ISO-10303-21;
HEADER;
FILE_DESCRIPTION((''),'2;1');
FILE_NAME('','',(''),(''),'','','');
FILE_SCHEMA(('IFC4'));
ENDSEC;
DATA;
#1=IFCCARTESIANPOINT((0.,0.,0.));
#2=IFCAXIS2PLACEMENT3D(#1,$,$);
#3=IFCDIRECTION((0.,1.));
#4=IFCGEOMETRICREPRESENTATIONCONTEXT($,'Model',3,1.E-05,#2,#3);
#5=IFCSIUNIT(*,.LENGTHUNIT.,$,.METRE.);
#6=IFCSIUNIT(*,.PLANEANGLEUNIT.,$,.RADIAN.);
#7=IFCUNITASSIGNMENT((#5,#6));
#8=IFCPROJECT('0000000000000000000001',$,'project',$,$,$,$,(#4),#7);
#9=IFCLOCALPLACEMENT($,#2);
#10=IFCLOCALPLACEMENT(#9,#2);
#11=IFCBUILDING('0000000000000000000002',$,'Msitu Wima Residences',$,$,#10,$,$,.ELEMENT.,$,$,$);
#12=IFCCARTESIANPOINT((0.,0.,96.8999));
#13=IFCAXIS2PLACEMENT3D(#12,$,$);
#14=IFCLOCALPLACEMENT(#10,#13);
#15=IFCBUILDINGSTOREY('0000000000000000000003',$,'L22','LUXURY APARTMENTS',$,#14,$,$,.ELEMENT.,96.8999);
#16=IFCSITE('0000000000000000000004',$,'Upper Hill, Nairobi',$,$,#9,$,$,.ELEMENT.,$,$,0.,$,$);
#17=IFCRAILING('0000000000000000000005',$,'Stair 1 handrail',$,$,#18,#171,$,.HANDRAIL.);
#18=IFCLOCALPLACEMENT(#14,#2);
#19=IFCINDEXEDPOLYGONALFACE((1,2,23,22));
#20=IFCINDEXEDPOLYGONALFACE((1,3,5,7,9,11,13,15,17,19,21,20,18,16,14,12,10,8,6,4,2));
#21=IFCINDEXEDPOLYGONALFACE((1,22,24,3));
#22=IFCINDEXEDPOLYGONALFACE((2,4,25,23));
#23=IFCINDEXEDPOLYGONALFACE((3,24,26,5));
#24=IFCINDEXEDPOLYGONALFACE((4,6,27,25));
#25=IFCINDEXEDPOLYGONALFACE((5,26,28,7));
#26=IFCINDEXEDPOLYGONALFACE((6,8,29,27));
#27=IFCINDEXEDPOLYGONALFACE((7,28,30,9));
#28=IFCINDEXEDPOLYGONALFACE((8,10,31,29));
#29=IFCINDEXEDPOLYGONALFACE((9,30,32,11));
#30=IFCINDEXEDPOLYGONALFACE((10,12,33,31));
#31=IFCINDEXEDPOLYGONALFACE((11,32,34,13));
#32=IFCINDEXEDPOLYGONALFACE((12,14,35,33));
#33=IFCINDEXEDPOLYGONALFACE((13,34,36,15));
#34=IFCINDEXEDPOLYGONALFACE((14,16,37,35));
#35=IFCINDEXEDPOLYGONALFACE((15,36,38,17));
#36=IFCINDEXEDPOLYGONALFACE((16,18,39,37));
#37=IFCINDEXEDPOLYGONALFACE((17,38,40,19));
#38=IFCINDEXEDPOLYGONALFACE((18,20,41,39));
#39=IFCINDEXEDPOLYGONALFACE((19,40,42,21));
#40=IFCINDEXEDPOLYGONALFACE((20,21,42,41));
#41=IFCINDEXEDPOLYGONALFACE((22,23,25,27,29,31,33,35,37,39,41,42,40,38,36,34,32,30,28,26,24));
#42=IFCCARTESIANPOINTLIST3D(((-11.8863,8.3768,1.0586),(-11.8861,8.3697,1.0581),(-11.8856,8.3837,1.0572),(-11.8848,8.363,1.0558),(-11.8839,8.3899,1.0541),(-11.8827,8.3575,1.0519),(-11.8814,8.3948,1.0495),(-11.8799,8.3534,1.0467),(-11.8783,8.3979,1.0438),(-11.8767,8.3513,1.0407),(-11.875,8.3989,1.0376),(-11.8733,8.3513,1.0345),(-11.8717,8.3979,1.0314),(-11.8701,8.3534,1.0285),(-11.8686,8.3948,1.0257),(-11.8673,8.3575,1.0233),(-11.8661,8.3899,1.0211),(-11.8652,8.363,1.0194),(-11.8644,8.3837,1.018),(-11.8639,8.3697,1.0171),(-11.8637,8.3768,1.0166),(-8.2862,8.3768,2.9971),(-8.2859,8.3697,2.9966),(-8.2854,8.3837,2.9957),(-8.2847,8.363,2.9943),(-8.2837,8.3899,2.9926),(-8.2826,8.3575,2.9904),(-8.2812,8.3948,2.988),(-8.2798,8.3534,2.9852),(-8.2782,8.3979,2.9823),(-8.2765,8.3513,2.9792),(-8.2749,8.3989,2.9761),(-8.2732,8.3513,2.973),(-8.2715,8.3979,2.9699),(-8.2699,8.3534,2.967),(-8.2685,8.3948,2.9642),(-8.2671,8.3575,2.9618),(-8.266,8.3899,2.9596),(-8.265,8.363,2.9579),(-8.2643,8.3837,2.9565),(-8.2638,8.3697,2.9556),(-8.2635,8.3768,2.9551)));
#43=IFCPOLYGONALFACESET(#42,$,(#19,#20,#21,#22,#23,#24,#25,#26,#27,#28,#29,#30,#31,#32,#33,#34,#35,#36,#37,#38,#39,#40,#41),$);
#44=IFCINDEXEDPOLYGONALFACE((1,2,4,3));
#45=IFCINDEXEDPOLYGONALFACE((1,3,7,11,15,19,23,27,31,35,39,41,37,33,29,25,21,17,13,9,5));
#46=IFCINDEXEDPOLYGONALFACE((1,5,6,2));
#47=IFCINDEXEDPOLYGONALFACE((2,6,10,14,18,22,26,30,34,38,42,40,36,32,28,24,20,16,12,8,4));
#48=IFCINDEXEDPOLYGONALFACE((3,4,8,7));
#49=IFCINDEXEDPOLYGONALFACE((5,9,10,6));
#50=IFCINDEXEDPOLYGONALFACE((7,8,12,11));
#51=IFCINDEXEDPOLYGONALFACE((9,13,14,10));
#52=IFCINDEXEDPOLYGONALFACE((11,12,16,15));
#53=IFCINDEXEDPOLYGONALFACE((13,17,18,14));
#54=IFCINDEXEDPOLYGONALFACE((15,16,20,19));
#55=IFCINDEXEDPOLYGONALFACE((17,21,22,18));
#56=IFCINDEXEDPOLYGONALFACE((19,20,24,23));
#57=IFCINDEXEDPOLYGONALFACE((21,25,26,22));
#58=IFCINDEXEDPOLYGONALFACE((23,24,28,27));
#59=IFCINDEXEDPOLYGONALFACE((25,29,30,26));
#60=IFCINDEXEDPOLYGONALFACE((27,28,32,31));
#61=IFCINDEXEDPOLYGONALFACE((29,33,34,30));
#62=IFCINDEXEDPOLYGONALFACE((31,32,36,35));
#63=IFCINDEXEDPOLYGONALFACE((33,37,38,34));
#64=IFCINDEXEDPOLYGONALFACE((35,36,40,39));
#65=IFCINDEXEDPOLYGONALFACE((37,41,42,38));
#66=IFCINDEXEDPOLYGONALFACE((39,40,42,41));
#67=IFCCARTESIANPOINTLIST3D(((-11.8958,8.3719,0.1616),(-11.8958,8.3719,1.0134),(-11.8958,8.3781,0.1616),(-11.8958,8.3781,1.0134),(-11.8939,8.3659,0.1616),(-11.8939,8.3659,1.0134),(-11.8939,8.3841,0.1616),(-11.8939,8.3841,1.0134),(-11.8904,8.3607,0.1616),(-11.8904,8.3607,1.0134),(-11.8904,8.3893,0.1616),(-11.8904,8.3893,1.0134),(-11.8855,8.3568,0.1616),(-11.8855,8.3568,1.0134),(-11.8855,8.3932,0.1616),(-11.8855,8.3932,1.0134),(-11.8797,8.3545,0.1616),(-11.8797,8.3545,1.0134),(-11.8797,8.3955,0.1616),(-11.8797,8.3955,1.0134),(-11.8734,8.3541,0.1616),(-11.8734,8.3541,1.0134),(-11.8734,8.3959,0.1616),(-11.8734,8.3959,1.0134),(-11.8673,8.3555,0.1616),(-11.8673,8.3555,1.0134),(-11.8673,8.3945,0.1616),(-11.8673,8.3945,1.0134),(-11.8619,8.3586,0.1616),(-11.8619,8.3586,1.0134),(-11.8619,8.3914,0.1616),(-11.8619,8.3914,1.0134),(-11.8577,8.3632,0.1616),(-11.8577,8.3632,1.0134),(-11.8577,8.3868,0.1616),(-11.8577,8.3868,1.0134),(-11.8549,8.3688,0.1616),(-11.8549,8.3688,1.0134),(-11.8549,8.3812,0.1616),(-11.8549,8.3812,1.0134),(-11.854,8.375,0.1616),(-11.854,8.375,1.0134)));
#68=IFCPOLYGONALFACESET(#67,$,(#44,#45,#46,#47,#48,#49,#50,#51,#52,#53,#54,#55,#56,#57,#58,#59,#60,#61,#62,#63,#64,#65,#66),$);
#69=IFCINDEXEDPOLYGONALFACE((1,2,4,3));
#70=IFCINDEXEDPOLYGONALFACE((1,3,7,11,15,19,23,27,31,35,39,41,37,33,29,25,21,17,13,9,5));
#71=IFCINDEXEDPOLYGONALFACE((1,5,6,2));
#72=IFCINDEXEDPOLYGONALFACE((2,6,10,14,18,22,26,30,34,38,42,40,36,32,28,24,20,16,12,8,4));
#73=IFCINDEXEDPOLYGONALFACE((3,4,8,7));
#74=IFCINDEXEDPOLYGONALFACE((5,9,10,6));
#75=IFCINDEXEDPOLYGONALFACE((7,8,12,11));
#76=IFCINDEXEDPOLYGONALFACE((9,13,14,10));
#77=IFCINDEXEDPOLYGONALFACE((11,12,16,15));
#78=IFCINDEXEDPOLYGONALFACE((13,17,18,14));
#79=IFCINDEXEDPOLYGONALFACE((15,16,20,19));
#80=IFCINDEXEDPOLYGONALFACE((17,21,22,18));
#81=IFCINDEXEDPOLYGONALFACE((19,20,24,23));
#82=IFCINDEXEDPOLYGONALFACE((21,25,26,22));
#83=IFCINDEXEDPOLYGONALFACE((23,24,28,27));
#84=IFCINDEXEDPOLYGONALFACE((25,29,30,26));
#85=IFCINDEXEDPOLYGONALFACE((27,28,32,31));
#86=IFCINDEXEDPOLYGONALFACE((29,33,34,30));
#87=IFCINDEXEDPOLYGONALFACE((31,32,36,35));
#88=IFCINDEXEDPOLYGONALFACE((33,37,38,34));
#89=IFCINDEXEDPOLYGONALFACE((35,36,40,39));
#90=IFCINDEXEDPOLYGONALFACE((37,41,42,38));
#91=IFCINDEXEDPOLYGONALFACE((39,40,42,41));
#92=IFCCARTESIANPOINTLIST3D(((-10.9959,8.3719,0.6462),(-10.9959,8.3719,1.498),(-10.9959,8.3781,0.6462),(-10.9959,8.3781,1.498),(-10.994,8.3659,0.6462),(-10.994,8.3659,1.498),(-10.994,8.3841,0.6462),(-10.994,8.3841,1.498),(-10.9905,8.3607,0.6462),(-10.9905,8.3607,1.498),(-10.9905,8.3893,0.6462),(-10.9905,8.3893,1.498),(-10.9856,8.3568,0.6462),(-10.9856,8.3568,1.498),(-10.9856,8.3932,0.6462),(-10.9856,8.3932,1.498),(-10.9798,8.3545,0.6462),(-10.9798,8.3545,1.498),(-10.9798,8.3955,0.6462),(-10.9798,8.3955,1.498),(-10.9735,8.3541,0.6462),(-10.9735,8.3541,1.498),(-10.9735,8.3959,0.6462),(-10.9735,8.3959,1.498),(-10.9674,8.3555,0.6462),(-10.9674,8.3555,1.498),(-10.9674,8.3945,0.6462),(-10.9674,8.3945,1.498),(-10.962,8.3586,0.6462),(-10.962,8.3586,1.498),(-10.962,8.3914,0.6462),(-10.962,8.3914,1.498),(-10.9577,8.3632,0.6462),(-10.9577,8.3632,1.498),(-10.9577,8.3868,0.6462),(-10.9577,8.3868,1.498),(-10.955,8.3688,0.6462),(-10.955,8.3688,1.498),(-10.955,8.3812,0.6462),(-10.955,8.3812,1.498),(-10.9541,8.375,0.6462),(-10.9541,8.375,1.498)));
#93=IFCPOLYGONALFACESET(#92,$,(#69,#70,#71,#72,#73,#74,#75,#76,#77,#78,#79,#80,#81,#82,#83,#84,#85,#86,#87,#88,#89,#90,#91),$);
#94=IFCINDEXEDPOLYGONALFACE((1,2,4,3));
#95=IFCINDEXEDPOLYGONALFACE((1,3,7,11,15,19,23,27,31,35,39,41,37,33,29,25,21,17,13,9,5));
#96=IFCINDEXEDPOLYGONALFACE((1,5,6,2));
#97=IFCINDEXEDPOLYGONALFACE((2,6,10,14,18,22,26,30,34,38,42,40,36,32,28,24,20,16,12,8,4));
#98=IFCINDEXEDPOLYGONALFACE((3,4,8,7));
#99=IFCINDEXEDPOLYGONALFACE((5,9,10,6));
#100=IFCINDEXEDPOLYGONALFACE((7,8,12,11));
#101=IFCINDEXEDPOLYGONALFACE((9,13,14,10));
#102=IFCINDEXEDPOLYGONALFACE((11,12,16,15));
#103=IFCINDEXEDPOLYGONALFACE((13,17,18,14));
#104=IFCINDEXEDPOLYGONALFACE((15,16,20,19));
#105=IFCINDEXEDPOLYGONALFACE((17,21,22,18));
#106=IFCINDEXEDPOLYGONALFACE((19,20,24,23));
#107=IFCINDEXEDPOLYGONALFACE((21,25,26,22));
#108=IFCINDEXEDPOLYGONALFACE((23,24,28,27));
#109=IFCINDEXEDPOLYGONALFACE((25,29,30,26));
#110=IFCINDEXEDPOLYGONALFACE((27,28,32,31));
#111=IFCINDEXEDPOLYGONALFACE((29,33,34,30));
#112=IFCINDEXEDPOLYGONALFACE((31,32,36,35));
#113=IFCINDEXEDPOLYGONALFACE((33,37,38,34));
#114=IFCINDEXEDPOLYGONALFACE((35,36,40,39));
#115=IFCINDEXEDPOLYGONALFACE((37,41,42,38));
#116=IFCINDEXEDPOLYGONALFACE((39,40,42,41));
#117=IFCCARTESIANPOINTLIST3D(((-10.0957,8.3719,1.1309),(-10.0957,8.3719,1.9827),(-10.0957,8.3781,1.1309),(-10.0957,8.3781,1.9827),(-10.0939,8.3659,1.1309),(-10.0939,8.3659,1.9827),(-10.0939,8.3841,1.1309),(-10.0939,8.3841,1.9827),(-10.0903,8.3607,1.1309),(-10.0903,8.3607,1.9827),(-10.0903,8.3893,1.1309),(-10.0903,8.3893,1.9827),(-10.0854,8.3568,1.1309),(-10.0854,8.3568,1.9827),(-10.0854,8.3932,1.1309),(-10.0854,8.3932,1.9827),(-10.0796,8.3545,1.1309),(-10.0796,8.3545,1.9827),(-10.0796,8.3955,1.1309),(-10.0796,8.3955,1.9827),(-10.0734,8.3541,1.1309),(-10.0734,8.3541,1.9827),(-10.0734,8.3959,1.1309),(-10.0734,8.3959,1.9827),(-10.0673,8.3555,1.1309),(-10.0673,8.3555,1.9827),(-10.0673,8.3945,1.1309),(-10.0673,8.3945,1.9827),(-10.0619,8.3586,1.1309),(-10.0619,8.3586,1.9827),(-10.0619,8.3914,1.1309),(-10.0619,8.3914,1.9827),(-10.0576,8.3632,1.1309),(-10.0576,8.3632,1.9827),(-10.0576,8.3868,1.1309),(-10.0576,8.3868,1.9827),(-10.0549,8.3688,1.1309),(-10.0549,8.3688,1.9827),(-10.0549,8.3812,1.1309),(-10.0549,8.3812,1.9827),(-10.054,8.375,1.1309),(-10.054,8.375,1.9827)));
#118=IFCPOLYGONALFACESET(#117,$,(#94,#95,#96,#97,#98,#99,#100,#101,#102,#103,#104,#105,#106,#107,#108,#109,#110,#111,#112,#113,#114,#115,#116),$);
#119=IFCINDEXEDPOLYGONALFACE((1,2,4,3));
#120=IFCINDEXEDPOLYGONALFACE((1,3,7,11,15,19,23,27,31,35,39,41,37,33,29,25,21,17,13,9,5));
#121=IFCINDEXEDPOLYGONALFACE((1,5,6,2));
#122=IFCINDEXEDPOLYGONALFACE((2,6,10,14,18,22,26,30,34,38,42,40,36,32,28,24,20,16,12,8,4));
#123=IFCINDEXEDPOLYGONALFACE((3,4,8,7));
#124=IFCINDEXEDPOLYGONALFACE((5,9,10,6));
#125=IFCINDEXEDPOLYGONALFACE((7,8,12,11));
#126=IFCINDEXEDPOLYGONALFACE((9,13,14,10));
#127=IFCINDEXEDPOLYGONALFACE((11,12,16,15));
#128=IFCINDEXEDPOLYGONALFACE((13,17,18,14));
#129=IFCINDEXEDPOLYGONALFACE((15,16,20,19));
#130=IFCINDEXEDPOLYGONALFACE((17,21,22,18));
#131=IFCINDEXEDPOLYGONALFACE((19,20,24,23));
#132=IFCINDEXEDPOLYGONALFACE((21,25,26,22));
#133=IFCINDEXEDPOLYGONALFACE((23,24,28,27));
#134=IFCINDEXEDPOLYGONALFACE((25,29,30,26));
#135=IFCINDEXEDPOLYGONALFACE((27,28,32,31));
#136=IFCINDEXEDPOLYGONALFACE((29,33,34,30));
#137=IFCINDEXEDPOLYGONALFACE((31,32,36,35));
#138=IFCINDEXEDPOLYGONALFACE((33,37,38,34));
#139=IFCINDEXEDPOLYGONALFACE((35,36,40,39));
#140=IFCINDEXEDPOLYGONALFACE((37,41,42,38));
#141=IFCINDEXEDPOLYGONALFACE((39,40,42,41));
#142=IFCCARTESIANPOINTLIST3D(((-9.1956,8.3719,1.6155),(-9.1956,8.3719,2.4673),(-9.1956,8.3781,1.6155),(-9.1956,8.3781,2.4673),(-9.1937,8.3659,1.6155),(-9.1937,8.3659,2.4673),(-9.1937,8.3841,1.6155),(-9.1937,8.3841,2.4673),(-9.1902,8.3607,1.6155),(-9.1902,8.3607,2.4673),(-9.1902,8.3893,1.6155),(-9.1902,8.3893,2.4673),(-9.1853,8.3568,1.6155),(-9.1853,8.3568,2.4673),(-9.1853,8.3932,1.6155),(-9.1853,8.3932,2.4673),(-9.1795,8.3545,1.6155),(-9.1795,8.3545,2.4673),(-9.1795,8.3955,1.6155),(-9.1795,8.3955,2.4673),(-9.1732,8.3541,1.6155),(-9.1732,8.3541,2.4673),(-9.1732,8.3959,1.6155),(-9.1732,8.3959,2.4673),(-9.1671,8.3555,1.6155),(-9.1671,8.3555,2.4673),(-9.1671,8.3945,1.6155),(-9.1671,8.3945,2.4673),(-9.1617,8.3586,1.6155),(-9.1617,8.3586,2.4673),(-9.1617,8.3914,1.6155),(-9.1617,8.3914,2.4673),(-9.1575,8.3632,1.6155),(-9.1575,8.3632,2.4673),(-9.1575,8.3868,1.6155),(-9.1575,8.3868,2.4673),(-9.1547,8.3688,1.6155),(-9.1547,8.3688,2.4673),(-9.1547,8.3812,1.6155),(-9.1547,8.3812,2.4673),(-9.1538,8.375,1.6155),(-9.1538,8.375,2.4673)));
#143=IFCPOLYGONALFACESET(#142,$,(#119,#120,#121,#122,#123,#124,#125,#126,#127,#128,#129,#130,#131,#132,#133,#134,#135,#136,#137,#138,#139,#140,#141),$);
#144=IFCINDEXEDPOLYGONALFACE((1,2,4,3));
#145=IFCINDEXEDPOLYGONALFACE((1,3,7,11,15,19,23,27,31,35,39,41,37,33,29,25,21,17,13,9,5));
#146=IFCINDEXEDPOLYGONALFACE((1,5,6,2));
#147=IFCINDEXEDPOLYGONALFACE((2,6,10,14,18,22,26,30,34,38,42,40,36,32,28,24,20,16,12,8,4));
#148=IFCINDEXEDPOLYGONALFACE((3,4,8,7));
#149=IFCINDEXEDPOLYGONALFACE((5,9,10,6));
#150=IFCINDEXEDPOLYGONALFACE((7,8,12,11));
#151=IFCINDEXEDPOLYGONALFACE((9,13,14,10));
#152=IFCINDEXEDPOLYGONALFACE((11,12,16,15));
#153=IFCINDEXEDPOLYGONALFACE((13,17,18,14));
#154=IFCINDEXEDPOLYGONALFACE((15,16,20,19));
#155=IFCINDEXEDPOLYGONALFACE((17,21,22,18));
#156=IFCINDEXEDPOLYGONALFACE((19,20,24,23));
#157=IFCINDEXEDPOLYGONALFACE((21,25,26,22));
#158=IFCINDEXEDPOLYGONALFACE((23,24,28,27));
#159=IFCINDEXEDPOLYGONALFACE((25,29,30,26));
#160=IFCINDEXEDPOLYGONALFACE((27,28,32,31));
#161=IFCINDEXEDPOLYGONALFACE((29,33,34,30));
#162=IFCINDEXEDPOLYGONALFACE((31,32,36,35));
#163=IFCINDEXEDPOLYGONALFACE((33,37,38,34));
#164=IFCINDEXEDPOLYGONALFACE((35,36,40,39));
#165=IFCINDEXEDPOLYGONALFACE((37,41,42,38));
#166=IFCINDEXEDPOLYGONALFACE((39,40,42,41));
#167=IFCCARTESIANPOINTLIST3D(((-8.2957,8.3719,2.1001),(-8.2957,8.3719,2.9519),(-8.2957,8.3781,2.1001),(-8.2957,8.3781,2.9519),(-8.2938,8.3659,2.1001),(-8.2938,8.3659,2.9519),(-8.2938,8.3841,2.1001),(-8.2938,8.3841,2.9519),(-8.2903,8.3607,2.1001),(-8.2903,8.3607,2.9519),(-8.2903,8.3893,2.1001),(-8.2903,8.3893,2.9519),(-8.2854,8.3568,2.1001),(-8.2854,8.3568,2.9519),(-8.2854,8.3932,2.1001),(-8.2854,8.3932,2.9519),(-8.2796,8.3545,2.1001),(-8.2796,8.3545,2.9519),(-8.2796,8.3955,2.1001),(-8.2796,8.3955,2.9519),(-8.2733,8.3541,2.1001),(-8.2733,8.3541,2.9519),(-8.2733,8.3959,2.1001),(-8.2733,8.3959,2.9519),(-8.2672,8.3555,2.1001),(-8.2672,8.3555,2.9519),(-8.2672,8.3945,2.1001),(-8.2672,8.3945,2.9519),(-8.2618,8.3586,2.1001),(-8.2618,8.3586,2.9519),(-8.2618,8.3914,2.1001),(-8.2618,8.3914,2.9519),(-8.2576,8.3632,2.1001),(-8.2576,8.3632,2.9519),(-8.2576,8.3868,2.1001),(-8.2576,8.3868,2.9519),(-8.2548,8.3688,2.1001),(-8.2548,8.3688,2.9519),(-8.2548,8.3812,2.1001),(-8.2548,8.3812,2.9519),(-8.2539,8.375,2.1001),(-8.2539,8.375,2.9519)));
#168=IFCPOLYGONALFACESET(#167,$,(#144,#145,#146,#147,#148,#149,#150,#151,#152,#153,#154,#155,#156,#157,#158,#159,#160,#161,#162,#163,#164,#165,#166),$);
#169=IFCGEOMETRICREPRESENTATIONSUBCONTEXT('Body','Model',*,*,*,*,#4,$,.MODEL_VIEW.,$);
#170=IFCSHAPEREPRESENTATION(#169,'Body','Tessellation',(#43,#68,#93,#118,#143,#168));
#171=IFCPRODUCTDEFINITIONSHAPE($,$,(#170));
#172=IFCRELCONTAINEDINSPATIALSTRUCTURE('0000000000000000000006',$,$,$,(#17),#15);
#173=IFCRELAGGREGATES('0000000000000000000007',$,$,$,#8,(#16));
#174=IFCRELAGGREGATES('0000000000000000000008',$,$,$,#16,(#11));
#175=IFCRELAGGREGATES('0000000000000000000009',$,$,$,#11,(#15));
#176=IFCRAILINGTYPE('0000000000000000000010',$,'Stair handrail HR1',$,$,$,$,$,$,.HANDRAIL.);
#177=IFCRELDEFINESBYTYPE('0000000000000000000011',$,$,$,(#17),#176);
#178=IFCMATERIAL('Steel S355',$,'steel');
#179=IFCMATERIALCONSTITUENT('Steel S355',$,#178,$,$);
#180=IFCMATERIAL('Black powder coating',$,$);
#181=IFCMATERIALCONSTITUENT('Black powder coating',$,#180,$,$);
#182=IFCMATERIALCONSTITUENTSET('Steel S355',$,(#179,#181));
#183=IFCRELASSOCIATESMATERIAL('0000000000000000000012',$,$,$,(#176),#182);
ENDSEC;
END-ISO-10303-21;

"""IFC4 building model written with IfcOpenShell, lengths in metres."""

from ifc_helpers import new_model, si_unit, direction, frame, origin, origin_2d, place, context, subcontext, project, spatial, circle, extrude, material, constituent, constituent_set, type_object, element, save


model = new_model("IFC4")

# Units and contexts
model_context = context("Model", 3, precision=1e-05, world=origin(), true_north=direction((0.0, 1.0)))
body_context = subcontext(model_context, "Body", "Model", "MODEL_VIEW")
ifc_project = project(units=[si_unit("LENGTHUNIT", "METRE"), si_unit("PLANEANGLEUNIT", "RADIAN")], contexts=[model_context])

# Site, building, storey
site_placement = place(None, origin())
site = spatial("IfcSite", under=ifc_project, at=site_placement, Name="Upper Hill, Nairobi", CompositionType="ELEMENT", RefElevation=0.0)
building_placement = place(site_placement, origin())
building = spatial("IfcBuilding", under=site, at=building_placement, Name="Msitu Wima Residences", CompositionType="ELEMENT")
storey_placement = place(building_placement, frame((0.0, 0.0, 96.8999)))
storey = spatial("IfcBuildingStorey", under=building, at=storey_placement, Name="L22", Description="LUXURY APARTMENTS", CompositionType="ELEMENT", Elevation=96.8999)

# Railing
ifc_material_1 = material(Name="Steel S355", Category="steel")
ifc_constituent_1 = constituent(ifc_material_1, Name="Steel S355")
ifc_material_2 = material(Name="Black powder coating")
ifc_constituent_2 = constituent(ifc_material_2, Name="Black powder coating")
ifc_constituent_set = constituent_set(constituents=[ifc_constituent_1, ifc_constituent_2], Name="Steel S355")
railing_type = type_object("IfcRailingType", Name="Stair handrail HR1", PredefinedType="HANDRAIL", material=ifc_constituent_set)
for number, where, name in (
    (1, (-11.875, 8.375, 0.1616), "Stair 1 handrail"),
):
    element("IfcRailing", number, at=place(storey_placement, frame(where)), inside=storey, type_object=railing_type, Name=name, PredefinedType="HANDRAIL", context=body_context, shape_type="SweptSolid", body=[
        extrude(circle(Radius=0.0239, at=origin_2d()), frame((0.0, 0.0, 0.876), z_axis=(0.880475, 0.0, 0.474093), x_axis=(0.0, 1.0, 0.0)), (0.0, 0.0, 1.0), 4.0889),
        extrude(circle(Radius=0.021, at=origin_2d()), origin(), (0.0, 0.0, 1.0), 0.8518),
        extrude(circle(Radius=0.021, at=origin_2d()), frame((0.8999, 0.0, 0.4846)), (0.0, 0.0, 1.0), 0.8518),
        extrude(circle(Radius=0.021, at=origin_2d()), frame((1.8, 0.0, 0.9692)), (0.0, 0.0, 1.0), 0.8518),
        extrude(circle(Radius=0.021, at=origin_2d()), frame((2.7002, 0.0, 1.4539)), (0.0, 0.0, 1.0), 0.8518),
        extrude(circle(Radius=0.021, at=origin_2d()), frame((3.6001, 0.0, 1.9385)), (0.0, 0.0, 1.0), 0.8518),
    ])

save(model, "model.ifc")
